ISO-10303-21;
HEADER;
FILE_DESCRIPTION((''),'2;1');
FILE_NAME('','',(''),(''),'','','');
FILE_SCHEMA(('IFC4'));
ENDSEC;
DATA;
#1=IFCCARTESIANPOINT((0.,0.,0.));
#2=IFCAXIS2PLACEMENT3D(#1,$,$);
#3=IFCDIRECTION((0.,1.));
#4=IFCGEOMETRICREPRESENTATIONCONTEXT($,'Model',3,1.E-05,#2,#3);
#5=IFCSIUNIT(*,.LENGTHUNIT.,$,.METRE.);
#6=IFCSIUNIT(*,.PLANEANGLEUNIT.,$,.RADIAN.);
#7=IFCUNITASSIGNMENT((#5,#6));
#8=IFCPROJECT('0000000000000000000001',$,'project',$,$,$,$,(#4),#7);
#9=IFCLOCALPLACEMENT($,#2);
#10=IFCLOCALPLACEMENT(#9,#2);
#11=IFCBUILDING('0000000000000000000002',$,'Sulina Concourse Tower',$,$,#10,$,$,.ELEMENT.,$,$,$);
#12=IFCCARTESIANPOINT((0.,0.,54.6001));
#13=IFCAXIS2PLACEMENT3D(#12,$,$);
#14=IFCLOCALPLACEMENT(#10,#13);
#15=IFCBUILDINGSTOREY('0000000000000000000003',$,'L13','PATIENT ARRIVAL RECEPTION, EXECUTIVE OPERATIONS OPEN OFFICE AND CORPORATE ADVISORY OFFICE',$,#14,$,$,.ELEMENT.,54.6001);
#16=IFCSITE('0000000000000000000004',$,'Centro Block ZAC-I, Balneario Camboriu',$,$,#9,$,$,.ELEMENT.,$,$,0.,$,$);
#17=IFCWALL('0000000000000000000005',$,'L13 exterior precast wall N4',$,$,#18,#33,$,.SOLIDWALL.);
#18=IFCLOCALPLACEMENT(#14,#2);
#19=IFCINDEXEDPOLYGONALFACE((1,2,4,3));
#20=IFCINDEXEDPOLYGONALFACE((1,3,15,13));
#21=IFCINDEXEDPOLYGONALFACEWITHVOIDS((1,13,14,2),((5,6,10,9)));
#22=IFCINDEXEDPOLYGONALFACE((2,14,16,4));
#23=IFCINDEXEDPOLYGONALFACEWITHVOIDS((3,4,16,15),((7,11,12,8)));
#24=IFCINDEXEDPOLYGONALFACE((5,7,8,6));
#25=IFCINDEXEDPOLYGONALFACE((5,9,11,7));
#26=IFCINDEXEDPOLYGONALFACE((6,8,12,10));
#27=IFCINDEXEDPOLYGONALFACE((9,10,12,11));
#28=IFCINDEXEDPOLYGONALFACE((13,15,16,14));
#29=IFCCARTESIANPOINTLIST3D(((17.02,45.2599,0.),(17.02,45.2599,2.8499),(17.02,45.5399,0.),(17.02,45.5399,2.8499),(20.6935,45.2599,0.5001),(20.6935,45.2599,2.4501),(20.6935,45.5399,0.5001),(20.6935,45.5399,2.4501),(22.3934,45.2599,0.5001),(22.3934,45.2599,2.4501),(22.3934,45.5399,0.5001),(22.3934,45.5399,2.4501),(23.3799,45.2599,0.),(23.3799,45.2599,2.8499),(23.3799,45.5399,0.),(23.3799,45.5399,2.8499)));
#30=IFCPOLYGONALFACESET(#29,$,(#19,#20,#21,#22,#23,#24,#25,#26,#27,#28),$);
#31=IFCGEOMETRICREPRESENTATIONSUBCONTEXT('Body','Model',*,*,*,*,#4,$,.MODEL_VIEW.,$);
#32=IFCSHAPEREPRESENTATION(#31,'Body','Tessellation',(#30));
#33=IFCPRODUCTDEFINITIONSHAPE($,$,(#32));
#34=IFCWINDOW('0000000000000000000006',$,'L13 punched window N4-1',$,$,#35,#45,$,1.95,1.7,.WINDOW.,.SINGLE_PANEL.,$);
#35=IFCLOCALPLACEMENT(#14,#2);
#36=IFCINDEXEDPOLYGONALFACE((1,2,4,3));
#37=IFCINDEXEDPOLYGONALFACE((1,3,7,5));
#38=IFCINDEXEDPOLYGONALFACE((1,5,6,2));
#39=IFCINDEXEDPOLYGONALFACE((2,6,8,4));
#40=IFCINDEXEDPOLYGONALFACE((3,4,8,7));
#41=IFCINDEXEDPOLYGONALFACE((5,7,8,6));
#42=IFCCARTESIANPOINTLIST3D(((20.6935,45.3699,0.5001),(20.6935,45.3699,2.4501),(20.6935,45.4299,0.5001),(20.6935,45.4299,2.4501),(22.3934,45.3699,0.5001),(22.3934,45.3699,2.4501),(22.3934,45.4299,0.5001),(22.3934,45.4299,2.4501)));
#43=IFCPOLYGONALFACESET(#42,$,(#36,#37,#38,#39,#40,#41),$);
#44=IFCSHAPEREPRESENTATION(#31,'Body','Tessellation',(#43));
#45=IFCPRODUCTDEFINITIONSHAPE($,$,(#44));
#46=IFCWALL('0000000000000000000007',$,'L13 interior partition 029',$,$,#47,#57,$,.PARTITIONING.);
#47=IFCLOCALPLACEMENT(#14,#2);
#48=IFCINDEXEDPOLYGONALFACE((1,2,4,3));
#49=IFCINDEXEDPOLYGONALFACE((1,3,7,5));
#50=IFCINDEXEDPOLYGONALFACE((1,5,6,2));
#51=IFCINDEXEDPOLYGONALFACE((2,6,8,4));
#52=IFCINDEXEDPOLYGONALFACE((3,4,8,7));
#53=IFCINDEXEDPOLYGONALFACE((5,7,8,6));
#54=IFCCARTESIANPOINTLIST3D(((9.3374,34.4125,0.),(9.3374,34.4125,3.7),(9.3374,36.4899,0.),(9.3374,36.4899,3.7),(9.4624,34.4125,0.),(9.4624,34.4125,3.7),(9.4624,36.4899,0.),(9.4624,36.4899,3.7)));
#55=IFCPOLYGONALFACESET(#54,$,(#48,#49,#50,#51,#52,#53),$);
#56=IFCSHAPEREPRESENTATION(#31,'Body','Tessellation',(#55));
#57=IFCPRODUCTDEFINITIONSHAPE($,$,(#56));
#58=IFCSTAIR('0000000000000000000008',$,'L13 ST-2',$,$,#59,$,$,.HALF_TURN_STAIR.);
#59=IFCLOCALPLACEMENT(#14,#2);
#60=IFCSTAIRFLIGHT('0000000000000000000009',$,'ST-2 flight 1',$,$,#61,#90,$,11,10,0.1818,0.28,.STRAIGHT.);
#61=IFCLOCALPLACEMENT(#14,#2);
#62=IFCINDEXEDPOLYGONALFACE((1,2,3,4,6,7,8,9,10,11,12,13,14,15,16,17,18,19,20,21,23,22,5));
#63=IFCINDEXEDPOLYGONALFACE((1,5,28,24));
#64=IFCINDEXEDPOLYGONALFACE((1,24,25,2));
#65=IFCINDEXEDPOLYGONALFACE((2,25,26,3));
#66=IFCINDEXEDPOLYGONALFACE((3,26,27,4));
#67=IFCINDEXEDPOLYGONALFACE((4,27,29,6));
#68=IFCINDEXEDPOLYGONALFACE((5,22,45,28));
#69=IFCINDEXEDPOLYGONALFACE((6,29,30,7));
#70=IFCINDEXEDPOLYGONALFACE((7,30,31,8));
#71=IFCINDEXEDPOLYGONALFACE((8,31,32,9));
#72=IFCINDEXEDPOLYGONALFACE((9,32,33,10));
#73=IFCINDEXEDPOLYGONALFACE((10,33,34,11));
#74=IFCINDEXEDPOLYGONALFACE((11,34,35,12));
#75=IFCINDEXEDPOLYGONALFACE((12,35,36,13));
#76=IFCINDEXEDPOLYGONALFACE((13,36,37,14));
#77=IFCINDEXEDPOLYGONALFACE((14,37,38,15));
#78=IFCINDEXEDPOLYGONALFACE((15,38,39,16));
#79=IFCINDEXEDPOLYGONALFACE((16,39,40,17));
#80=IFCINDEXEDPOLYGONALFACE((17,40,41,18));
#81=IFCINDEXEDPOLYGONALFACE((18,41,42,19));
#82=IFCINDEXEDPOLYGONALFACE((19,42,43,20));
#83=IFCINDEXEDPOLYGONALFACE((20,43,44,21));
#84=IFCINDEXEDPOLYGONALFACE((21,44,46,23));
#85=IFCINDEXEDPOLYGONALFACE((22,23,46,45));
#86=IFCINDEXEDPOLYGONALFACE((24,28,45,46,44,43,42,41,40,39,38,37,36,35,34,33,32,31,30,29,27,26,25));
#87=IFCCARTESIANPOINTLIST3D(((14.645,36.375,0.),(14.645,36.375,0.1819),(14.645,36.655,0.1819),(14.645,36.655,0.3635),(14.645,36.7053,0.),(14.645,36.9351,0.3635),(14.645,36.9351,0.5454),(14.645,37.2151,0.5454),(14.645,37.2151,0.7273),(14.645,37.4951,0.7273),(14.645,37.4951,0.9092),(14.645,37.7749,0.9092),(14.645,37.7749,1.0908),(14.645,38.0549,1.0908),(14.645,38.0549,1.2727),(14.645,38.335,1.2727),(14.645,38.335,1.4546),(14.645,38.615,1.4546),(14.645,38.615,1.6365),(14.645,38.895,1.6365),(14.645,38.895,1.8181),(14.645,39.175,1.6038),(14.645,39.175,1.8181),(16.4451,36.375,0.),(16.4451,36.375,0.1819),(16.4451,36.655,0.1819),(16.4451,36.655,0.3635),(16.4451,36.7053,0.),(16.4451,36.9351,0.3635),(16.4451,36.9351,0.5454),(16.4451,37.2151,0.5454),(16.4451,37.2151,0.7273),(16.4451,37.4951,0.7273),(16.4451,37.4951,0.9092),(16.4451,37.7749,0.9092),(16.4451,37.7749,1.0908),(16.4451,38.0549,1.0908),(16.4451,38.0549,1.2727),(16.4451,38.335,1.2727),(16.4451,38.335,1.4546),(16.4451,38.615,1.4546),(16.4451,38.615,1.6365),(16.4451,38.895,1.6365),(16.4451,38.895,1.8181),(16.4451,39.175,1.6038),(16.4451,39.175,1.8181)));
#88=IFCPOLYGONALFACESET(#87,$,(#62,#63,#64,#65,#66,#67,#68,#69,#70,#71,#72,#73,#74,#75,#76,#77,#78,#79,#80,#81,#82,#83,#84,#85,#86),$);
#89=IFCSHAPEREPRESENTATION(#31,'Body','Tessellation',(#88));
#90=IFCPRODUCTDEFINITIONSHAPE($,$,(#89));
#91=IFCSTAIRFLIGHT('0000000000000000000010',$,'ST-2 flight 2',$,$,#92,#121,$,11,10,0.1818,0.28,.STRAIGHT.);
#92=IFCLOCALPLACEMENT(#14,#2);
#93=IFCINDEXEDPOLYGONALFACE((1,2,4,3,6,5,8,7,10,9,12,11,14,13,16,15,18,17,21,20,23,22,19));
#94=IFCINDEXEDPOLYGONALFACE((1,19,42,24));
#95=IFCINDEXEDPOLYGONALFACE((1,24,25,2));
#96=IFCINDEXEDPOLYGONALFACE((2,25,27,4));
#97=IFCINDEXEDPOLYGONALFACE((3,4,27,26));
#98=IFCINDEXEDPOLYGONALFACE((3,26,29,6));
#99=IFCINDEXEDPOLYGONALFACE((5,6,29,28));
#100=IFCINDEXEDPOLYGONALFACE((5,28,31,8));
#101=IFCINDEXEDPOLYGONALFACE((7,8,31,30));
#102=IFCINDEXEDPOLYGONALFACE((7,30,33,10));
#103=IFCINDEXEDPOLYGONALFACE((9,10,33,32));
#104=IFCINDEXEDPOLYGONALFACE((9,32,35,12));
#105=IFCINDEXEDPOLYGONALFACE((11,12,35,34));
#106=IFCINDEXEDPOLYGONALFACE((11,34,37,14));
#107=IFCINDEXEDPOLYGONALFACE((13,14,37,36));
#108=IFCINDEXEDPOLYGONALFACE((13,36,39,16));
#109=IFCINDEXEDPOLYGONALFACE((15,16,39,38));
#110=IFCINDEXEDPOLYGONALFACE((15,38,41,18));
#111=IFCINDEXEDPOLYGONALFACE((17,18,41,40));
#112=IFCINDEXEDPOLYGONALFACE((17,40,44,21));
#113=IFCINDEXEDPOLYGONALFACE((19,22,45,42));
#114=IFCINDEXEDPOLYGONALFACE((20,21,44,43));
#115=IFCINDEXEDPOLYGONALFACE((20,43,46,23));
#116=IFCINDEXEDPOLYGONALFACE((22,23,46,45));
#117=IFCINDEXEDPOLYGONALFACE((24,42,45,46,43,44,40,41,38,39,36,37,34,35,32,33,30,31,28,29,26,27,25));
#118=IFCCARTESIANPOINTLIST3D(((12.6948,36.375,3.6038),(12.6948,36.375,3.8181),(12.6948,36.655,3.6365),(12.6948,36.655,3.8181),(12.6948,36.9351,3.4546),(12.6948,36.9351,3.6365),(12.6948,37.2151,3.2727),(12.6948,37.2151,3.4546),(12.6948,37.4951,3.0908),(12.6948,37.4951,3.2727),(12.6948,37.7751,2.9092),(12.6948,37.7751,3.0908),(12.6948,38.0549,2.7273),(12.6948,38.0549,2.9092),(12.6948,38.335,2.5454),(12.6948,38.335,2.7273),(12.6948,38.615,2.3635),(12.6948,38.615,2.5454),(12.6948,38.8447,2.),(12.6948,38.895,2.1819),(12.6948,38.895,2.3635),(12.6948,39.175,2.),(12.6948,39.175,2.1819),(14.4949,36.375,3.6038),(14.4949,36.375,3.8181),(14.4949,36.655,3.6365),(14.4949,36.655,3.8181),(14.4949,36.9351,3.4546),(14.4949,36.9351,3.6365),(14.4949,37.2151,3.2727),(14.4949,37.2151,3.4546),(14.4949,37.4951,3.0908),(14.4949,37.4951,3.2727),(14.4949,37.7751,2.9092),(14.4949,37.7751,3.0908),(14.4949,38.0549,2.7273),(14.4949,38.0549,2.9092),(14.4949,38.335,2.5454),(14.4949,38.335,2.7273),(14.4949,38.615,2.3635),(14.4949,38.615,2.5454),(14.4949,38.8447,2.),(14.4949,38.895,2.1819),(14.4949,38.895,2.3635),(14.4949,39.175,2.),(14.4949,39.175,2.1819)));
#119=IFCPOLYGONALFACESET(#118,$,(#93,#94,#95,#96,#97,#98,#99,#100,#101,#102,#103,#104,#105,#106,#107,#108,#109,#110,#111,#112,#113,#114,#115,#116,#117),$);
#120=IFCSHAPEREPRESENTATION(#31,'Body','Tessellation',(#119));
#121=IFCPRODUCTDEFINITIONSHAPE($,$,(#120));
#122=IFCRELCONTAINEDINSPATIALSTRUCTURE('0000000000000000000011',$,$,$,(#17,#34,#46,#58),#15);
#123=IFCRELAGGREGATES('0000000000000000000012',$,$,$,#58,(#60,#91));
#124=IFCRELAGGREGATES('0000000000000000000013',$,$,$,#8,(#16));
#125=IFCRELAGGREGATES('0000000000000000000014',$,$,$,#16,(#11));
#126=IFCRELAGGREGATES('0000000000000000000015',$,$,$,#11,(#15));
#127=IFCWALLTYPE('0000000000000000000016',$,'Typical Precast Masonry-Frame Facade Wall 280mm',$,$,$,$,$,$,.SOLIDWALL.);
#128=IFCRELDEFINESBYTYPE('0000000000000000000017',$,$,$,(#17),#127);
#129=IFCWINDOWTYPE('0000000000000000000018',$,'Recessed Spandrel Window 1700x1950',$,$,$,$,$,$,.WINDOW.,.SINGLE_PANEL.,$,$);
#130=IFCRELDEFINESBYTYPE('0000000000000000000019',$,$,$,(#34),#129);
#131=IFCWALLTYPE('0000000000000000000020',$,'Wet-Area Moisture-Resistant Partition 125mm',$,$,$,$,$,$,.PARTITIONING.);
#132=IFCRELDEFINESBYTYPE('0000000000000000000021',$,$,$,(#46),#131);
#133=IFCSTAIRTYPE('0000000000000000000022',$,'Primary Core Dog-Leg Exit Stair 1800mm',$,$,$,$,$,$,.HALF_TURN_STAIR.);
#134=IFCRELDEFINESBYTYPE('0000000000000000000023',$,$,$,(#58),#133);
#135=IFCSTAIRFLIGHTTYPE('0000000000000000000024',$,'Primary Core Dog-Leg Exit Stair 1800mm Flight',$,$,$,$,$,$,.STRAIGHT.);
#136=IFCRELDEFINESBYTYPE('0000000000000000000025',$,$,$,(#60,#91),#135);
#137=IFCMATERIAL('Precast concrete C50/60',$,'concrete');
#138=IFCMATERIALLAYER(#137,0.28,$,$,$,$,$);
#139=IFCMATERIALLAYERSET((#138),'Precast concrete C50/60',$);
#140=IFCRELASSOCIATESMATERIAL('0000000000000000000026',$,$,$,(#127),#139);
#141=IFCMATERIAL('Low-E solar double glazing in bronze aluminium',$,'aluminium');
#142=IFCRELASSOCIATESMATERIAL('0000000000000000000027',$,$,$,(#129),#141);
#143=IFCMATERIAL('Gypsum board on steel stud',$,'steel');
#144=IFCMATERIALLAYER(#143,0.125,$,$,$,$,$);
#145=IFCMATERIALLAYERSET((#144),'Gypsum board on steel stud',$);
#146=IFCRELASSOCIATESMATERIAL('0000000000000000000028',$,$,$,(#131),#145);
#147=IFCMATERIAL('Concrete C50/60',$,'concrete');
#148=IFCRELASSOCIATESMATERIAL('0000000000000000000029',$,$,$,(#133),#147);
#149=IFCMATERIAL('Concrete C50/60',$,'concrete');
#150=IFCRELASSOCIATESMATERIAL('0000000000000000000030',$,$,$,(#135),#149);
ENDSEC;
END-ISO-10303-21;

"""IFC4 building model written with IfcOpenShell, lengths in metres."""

from ifc_helpers import new_model, si_unit, direction, frame, frame_2d, origin, place, context, subcontext, project, spatial, polyline, rectangle, outline, extrude, material, layer, layer_set, type_object, element, fill, aggregate, save


model = new_model("IFC4")

# Units and contexts
model_context = context("Model", 3, precision=1e-05, world=origin(), true_north=direction((0.0, 1.0)))
body_context = subcontext(model_context, "Body", "Model", "MODEL_VIEW")
ifc_project = project(units=[si_unit("LENGTHUNIT", "METRE"), si_unit("PLANEANGLEUNIT", "RADIAN")], contexts=[model_context])

# Site, building, storey
site_placement = place(None, origin())
site = spatial("IfcSite", under=ifc_project, at=site_placement, Name="Centro Block ZAC-I, Balneario Camboriu", CompositionType="ELEMENT", RefElevation=0.0)
building_placement = place(site_placement, origin())
building = spatial("IfcBuilding", under=site, at=building_placement, Name="Sulina Concourse Tower", CompositionType="ELEMENT")
storey_placement = place(building_placement, frame((0.0, 0.0, 54.6001)))
storey = spatial("IfcBuildingStorey", under=building, at=storey_placement, Name="L13", Description="PATIENT ARRIVAL RECEPTION, EXECUTIVE OPERATIONS OPEN OFFICE AND CORPORATE ADVISORY OFFICE", CompositionType="ELEMENT", Elevation=54.6001)

# Shared definitions
ifc_material_1 = material(Name="Precast concrete C50/60", Category="concrete")
ifc_layer_1 = layer(ifc_material_1, 0.28)
ifc_layer_set_1 = layer_set([ifc_layer_1], Name="Precast concrete C50/60")
wall_type_1 = type_object("IfcWallType", Name="Typical Precast Masonry-Frame Facade Wall 280mm", PredefinedType="SOLIDWALL", material=ifc_layer_set_1)

# Wall, opening, window
wall_1_placement = place(storey_placement, frame((17.02, 45.3999, 0.0), z_axis=(0.0, 0.0, 1.0), x_axis=(1.0, 0.0, 0.0)))
wall_1 = element("IfcWall", 1, at=wall_1_placement, inside=storey, type_object=wall_type_1, Name="L13 exterior precast wall N4", PredefinedType="SOLIDWALL", context=body_context, shape_type="SweptSolid", body=[
    extrude(rectangle(XDim=6.3599, YDim=0.28, at=frame_2d((3.1799, 0.0))), origin(), (0.0, 0.0, 1.0), 2.8499),
])
opening_1_placement = place(wall_1_placement, frame((3.6733, 0.0, 0.5)))
opening_1 = element("IfcOpeningElement", 2, at=opening_1_placement, cuts=wall_1, PredefinedType="OPENING", context=body_context, shape_type="SweptSolid", body=[
    extrude(rectangle(XDim=1.7, YDim=1.95, at=frame_2d((0.8501, 0.9751))), frame((0.0, 0.1499, 0.0), z_axis=(0.0, -1.0, 0.0), x_axis=(1.0, 0.0, 0.0)), (0.0, 0.0, 1.0), 0.3),
])
ifc_material_2 = material(Name="Low-E solar double glazing in bronze aluminium", Category="aluminium")
window_type = type_object("IfcWindowType", Name="Recessed Spandrel Window 1700x1950", PartitioningType="SINGLE_PANEL", PredefinedType="WINDOW", material=ifc_material_2)
window_placement = place(opening_1_placement, origin())
window = element("IfcWindow", 3, at=window_placement, inside=storey, type_object=window_type, Name="L13 punched window N4-1", OverallHeight=1.95, OverallWidth=1.7, PartitioningType="SINGLE_PANEL", PredefinedType="WINDOW", context=body_context, shape_type="SweptSolid", body=[
    extrude(rectangle(XDim=1.7, YDim=1.95, at=frame_2d((0.8501, 0.9751))), frame((0.0, 0.03, 0.0), z_axis=(0.0, -1.0, 0.0), x_axis=(1.0, 0.0, 0.0)), (0.0, 0.0, 1.0), 0.0601),
])
fill(opening_1, window)

# Wall
ifc_material_3 = material(Name="Gypsum board on steel stud", Category="steel")
ifc_layer_2 = layer(ifc_material_3, 0.125)
ifc_layer_set_2 = layer_set([ifc_layer_2], Name="Gypsum board on steel stud")
wall_type_2 = type_object("IfcWallType", Name="Wet-Area Moisture-Resistant Partition 125mm", PredefinedType="PARTITIONING", material=ifc_layer_set_2)
wall_2_placement = place(storey_placement, frame((9.3999, 34.4126, 0.0), z_axis=(0.0, 0.0, 1.0), x_axis=(0.0, 1.0, 0.0)))
element("IfcWall", 4, at=wall_2_placement, inside=storey, type_object=wall_type_2, Name="L13 interior partition 029", PredefinedType="PARTITIONING", context=body_context, shape_type="SweptSolid", body=[
    extrude(rectangle(XDim=2.0774, YDim=0.125, at=frame_2d((1.0386, 0.0))), origin(), (0.0, 0.0, 1.0), 3.7),
])

# Stair, stair flights
ifc_material_4 = material(Name="Concrete C50/60", Category="concrete")
stair_type = type_object("IfcStairType", Name="Primary Core Dog-Leg Exit Stair 1800mm", PredefinedType="HALF_TURN_STAIR", material=ifc_material_4)
stair_placement = place(storey_placement, origin())
stair = element("IfcStair", 5, at=stair_placement, inside=storey, type_object=stair_type, Name="L13 ST-2", PredefinedType="HALF_TURN_STAIR")
ifc_material_5 = material(Name="Concrete C50/60", Category="concrete")
stair_flight_type = type_object("IfcStairFlightType", Name="Primary Core Dog-Leg Exit Stair 1800mm Flight", PredefinedType="STRAIGHT", material=ifc_material_5)
stair_flight_1_placement = place(storey_placement, frame((15.5449, 36.375, 0.0), z_axis=(0.0, 0.0, 1.0), x_axis=(0.0, 1.0, 0.0)))
stair_flight_1 = element("IfcStairFlight", 6, at=stair_flight_1_placement, type_object=stair_flight_type, Name="ST-2 flight 1", NumberOfRisers=11, NumberOfTreads=10, PredefinedType="STRAIGHT", RiserHeight=0.1818, TreadLength=0.28, context=body_context, shape_type="SweptSolid", body=[
    extrude(outline(polyline([(0.0, 0.0), (0.0, 0.1819), (0.28, 0.1819), (0.28, 0.3635), (0.5601, 0.3635), (0.5601, 0.5454), (0.8401, 0.5454), (0.8401, 0.7273), (1.1201, 0.7273), (1.1201, 0.9092), (1.3999, 0.9092), (1.3999, 1.0908), (1.6799, 1.0908), (1.6799, 1.2727), (1.96, 1.2727), (1.96, 1.4546), (2.24, 1.4546), (2.24, 1.6365), (2.52, 1.6365), (2.52, 1.8181), (2.8, 1.8181), (2.8, 2.0), (2.8, 1.6038), (0.3303, 0.0), (0.0, 0.0)])), frame((0.0, 0.8999, 0.0), z_axis=(0.0, -1.0, 0.0), x_axis=(1.0, 0.0, 0.0)), (0.0, 0.0, 1.0), 1.8),
])
stair_flight_2_placement = place(storey_placement, frame((13.595, 39.175, 2.0), z_axis=(0.0, 0.0, 1.0), x_axis=(0.0, -1.0, 0.0)))
stair_flight_2 = element("IfcStairFlight", 7, at=stair_flight_2_placement, type_object=stair_flight_type, Name="ST-2 flight 2", NumberOfRisers=11, NumberOfTreads=10, PredefinedType="STRAIGHT", RiserHeight=0.1818, TreadLength=0.28, context=body_context, shape_type="SweptSolid", body=[
    extrude(outline(polyline([(0.0, 0.0), (0.0, 0.1819), (0.28, 0.1819), (0.28, 0.3635), (0.5601, 0.3635), (0.5601, 0.5454), (0.8401, 0.5454), (0.8401, 0.7273), (1.1201, 0.7273), (1.1201, 0.9092), (1.3999, 0.9092), (1.3999, 1.0908), (1.6799, 1.0908), (1.6799, 1.2727), (1.96, 1.2727), (1.96, 1.4546), (2.24, 1.4546), (2.24, 1.6365), (2.52, 1.6365), (2.52, 1.8181), (2.8, 1.8181), (2.8, 2.0), (2.8, 1.6038), (0.3303, 0.0), (0.0, 0.0)])), frame((0.0, 0.8999, 0.0), z_axis=(0.0, -1.0, 0.0), x_axis=(1.0, 0.0, 0.0)), (0.0, 0.0, 1.0), 1.8),
])
aggregate(stair, [stair_flight_1, stair_flight_2])

save(model, "model.ifc")
